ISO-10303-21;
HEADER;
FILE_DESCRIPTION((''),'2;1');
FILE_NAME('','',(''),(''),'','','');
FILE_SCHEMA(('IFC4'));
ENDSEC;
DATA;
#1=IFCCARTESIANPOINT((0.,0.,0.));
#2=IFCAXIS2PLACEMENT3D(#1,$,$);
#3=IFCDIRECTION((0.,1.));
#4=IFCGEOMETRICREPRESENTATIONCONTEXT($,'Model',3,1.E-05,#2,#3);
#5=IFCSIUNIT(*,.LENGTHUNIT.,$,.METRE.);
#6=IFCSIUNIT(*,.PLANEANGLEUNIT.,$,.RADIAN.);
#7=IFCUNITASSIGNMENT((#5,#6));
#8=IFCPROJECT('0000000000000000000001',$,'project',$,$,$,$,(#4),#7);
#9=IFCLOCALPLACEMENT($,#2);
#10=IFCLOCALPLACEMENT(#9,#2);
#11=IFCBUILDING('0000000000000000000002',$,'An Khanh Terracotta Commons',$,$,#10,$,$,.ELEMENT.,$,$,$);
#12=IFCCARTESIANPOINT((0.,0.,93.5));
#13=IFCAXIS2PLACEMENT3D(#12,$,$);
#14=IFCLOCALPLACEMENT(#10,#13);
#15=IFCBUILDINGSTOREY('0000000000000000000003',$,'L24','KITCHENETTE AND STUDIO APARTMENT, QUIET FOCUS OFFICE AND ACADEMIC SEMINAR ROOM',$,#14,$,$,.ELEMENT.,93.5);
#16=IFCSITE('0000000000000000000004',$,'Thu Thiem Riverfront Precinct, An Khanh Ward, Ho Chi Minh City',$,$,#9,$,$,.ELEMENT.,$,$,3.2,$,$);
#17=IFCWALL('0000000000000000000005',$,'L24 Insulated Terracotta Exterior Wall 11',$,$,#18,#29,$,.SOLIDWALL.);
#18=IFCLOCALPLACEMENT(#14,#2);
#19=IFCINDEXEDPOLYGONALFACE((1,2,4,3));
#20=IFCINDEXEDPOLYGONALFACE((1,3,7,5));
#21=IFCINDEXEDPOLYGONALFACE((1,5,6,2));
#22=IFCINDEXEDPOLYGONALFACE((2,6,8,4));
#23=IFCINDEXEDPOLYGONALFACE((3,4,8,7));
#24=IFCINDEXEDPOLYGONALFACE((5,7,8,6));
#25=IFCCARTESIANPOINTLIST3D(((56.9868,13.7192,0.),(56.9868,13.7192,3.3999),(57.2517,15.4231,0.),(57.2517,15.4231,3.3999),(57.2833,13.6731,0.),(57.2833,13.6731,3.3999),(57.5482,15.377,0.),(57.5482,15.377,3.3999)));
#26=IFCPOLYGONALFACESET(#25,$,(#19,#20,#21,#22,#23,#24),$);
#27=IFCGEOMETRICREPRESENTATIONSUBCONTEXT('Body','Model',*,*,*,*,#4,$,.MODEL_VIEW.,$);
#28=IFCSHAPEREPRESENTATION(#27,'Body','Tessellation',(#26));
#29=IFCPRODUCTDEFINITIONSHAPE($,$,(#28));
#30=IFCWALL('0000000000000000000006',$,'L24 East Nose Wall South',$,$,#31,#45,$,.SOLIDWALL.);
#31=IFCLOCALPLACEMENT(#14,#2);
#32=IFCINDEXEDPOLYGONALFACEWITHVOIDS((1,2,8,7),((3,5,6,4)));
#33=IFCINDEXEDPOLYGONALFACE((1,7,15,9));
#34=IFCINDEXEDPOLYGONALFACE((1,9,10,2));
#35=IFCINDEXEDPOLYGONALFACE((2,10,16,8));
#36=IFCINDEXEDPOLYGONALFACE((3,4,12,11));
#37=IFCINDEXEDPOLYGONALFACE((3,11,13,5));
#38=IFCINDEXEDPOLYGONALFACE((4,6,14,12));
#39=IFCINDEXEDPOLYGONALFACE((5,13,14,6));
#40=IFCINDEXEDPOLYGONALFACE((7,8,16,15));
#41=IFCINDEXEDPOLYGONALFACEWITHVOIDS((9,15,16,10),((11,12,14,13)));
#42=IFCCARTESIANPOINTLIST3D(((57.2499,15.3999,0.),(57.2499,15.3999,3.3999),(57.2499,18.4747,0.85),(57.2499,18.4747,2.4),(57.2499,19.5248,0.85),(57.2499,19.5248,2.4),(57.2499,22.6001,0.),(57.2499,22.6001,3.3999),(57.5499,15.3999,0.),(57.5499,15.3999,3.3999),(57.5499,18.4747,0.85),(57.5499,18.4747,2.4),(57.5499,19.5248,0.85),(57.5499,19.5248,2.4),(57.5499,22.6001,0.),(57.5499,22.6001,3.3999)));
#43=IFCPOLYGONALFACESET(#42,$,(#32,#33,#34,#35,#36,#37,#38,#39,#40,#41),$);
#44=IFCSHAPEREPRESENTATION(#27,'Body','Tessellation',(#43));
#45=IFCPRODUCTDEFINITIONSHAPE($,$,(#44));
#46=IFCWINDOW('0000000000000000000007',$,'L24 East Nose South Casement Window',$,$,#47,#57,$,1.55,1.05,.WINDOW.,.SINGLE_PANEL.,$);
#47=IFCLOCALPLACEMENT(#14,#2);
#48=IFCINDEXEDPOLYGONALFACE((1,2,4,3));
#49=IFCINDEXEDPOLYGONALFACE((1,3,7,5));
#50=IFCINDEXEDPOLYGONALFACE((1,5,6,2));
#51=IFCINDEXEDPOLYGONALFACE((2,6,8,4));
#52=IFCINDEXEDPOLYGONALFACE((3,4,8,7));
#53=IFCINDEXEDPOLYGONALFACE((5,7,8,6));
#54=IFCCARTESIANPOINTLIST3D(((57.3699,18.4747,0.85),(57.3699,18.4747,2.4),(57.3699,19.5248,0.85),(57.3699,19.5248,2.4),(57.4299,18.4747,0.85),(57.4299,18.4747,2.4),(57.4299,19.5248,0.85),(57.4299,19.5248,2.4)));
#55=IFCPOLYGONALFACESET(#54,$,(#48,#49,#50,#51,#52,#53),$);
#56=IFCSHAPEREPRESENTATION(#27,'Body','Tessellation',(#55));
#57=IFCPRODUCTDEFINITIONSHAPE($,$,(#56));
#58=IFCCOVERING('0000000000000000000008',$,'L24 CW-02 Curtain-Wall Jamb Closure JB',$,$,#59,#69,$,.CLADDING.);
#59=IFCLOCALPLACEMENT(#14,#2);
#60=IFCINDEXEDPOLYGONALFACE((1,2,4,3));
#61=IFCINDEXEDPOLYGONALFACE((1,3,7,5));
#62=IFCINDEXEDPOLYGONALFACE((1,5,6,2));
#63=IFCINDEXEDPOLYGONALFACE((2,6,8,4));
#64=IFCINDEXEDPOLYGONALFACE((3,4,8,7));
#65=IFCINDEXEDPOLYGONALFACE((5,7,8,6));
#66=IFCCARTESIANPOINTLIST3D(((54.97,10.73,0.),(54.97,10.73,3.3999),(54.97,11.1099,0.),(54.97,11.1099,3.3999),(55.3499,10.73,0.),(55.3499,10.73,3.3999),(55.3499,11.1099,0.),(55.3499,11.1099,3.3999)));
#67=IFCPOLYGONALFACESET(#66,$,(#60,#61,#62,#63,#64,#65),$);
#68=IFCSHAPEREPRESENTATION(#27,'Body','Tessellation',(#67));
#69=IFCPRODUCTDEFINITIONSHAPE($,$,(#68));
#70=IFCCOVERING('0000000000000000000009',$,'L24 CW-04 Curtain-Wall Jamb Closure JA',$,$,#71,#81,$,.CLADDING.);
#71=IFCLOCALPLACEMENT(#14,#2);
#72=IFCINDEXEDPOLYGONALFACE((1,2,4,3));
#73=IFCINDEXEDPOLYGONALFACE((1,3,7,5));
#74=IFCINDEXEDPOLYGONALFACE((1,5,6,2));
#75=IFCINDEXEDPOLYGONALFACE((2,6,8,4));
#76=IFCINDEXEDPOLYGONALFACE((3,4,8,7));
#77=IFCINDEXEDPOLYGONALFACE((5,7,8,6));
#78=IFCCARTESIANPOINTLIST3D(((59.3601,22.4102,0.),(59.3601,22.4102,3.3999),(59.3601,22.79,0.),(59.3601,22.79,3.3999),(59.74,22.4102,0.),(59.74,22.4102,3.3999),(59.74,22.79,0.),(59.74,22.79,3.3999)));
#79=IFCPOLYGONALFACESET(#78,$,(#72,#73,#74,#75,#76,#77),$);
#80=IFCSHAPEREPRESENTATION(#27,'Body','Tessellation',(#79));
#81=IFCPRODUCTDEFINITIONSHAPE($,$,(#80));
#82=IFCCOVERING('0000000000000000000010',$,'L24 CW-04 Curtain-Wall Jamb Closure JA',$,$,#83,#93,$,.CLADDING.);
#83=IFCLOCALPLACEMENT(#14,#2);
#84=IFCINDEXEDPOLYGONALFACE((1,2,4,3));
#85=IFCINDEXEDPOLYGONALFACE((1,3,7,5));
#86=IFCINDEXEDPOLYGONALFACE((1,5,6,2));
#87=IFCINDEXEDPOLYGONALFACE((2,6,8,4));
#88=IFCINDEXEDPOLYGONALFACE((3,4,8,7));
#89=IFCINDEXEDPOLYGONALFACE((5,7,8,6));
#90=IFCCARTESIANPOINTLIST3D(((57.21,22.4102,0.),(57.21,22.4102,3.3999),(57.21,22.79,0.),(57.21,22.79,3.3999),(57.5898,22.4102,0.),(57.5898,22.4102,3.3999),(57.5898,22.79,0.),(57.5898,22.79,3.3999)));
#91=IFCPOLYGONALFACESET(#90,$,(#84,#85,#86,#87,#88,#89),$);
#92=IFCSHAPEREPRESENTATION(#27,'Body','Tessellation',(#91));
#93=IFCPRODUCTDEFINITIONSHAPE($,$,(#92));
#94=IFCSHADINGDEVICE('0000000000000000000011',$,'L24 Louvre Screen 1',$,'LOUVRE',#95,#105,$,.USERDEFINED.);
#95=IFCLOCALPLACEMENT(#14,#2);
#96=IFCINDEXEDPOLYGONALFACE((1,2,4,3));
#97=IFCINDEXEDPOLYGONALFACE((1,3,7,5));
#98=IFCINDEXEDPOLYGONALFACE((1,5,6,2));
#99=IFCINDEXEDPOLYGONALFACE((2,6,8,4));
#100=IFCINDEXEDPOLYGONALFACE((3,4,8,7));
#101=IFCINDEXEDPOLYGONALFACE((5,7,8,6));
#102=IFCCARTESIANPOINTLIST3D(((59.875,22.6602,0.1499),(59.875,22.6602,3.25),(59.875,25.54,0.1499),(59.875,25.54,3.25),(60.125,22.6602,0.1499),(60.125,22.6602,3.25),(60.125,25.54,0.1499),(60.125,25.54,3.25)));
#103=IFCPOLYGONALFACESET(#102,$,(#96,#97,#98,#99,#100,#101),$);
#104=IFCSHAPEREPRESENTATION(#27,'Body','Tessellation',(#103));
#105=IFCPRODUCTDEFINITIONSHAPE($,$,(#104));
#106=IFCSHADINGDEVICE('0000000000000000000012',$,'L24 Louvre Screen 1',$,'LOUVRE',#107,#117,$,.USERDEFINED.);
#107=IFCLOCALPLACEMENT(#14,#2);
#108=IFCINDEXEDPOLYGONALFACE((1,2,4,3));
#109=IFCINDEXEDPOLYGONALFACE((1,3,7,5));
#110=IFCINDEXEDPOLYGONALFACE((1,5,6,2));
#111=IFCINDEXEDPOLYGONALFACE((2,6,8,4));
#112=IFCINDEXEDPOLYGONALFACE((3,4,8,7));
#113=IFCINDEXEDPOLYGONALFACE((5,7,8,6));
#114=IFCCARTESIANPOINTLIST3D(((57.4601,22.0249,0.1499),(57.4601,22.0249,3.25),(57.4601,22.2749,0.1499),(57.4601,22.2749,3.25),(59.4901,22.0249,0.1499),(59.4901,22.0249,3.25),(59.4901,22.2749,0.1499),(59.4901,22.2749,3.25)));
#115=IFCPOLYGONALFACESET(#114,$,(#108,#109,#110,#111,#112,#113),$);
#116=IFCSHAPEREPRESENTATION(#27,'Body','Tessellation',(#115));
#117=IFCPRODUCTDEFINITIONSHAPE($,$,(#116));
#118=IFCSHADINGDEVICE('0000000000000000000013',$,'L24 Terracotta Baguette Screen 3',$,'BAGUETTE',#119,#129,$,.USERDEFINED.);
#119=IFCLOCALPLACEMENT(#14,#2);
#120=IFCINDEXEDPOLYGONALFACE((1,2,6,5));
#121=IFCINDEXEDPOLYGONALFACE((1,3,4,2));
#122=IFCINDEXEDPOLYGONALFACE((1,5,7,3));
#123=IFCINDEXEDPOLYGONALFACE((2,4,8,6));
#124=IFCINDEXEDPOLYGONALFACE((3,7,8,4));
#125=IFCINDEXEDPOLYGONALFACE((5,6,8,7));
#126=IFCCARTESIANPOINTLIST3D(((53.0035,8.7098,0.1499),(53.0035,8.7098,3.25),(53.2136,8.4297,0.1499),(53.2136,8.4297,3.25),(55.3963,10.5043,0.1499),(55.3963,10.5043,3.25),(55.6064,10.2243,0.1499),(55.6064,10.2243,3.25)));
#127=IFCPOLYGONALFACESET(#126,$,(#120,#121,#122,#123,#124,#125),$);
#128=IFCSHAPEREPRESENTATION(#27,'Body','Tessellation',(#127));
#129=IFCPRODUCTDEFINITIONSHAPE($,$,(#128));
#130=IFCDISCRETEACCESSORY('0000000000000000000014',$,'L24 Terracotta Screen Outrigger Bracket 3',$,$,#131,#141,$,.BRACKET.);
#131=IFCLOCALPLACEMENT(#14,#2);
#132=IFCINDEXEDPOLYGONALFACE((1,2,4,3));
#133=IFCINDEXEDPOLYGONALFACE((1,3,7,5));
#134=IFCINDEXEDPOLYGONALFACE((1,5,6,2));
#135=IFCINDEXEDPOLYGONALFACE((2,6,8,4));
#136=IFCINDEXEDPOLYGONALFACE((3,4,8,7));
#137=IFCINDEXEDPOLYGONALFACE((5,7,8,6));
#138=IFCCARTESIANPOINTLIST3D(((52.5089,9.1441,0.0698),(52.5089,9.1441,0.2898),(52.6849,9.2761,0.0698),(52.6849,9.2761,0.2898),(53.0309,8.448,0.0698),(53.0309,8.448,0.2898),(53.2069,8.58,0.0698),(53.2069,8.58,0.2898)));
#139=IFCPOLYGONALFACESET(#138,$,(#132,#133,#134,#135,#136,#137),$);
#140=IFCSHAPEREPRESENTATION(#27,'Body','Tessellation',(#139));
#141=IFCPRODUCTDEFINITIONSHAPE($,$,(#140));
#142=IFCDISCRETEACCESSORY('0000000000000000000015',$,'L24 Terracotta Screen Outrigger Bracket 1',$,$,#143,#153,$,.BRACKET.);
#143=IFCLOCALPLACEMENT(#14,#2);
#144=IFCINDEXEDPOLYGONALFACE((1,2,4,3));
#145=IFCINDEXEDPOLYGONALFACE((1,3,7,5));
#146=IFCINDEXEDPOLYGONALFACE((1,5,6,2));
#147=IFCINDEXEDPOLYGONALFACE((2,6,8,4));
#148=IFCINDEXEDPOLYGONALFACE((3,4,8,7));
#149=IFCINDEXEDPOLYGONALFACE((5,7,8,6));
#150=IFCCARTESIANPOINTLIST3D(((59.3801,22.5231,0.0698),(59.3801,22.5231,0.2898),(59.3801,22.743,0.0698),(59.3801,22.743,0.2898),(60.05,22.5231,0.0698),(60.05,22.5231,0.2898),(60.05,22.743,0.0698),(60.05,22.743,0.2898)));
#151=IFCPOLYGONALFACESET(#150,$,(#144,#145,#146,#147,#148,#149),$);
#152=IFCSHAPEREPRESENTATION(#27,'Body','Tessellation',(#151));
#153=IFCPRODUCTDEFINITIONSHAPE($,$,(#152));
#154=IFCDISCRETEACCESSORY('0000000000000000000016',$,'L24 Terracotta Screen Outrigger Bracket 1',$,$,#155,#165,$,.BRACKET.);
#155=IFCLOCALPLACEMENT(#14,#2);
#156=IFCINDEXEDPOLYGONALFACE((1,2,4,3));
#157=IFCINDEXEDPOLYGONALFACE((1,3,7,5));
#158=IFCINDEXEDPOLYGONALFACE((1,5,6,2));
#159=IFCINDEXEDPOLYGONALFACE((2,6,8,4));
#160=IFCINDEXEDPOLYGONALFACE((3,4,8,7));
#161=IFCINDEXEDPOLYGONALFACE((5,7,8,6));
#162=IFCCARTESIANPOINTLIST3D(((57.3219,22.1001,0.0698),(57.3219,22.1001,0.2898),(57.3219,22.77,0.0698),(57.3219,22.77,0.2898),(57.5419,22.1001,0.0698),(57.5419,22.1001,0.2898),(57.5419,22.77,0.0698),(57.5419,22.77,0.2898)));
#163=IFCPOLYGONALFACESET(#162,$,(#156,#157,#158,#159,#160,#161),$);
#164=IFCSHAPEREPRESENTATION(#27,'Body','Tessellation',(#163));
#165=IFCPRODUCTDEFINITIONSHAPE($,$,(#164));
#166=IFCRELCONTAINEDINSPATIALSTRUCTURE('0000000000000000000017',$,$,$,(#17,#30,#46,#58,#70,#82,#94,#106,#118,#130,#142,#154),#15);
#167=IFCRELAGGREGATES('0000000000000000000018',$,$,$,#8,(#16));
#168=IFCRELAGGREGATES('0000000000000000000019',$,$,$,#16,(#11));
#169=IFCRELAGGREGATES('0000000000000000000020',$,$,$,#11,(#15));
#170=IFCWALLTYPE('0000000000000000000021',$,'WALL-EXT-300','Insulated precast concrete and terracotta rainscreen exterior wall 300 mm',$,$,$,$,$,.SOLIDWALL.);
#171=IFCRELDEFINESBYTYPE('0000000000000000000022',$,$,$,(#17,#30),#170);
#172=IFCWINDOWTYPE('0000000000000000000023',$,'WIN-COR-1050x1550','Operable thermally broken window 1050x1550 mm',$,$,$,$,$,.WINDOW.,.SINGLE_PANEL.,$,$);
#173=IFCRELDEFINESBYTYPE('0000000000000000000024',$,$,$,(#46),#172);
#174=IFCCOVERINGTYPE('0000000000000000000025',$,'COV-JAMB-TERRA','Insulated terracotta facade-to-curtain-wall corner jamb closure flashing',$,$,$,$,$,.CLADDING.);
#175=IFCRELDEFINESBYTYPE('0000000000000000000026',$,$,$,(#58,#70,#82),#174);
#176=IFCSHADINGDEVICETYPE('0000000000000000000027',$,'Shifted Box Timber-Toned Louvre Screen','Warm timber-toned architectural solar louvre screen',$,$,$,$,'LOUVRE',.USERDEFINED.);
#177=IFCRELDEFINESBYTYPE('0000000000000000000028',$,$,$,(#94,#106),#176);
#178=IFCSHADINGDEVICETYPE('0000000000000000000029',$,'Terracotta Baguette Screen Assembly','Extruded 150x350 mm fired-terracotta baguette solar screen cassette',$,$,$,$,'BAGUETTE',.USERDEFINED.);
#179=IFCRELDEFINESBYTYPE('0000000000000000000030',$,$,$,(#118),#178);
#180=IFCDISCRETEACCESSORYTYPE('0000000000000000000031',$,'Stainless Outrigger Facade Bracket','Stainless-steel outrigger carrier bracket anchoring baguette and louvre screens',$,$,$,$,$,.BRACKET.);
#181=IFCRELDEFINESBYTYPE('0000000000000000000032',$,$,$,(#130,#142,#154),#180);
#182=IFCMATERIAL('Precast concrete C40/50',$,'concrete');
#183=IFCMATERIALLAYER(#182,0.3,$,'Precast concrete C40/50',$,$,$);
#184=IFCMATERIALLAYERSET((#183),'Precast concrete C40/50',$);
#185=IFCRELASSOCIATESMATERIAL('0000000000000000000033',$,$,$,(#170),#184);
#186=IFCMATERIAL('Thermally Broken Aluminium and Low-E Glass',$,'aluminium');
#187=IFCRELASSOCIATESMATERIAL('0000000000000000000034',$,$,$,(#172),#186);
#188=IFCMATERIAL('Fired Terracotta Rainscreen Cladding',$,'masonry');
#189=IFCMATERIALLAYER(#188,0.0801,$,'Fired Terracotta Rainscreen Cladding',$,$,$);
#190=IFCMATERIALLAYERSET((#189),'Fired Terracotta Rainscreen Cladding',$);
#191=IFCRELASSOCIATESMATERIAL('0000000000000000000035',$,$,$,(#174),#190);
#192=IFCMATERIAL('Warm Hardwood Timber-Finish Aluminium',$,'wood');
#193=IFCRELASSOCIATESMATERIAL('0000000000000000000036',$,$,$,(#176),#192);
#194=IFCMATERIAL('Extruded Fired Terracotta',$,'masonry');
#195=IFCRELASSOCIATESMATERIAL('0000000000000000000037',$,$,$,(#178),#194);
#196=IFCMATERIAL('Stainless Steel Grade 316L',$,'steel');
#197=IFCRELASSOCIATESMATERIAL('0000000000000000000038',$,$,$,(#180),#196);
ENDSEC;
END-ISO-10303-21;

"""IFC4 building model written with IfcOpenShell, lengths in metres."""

from ifc_helpers import new_model, si_unit, direction, frame, frame_2d, origin, origin_2d, place, context, subcontext, project, spatial, rectangle, extrude, material, layer, layer_set, type_object, element, fill, save


model = new_model("IFC4")

# Units and contexts
model_context = context("Model", 3, precision=1e-05, world=origin(), true_north=direction((0.0, 1.0)))
body_context = subcontext(model_context, "Body", "Model", "MODEL_VIEW")
ifc_project = project(units=[si_unit("LENGTHUNIT", "METRE"), si_unit("PLANEANGLEUNIT", "RADIAN")], contexts=[model_context])

# Site, building, storey
site_placement = place(None, origin())
site = spatial("IfcSite", under=ifc_project, at=site_placement, Name="Thu Thiem Riverfront Precinct, An Khanh Ward, Ho Chi Minh City", CompositionType="ELEMENT", RefElevation=3.2)
building_placement = place(site_placement, origin())
building = spatial("IfcBuilding", under=site, at=building_placement, Name="An Khanh Terracotta Commons", CompositionType="ELEMENT")
storey_placement = place(building_placement, frame((0.0, 0.0, 93.5)))
storey = spatial("IfcBuildingStorey", under=building, at=storey_placement, Name="L24", Description="KITCHENETTE AND STUDIO APARTMENT, QUIET FOCUS OFFICE AND ACADEMIC SEMINAR ROOM", CompositionType="ELEMENT", Elevation=93.5)

# Wall
ifc_material_1 = material(Name="Precast concrete C40/50", Category="concrete")
ifc_layer_1 = layer(ifc_material_1, 0.3, Name="Precast concrete C40/50")
ifc_layer_set_1 = layer_set([ifc_layer_1], Name="Precast concrete C40/50")
wall_type_1 = type_object("IfcWallType", Name="WALL-EXT-300", Description="Insulated precast concrete and terracotta rainscreen exterior wall 300 mm", PredefinedType="SOLIDWALL", material=ifc_layer_set_1)
wall_1_placement = place(storey_placement, frame((57.135, 13.696, 0.0), z_axis=(0.0, 0.0, 1.0), x_axis=(0.153621, 0.98813, 0.0)))
element("IfcWall", 1, at=wall_1_placement, inside=storey, type_object=wall_type_1, Name="L24 Insulated Terracotta Exterior Wall 11", PredefinedType="SOLIDWALL", context=body_context, shape_type="SweptSolid", body=[
    extrude(rectangle(XDim=1.7244, YDim=0.3, at=frame_2d((0.8623, 0.0))), origin(), (0.0, 0.0, 1.0), 3.3999),
])

# Wall, opening, window
wall_2_placement = place(storey_placement, frame((57.3999, 15.3999, 0.0), z_axis=(0.0, 0.0, 1.0), x_axis=(0.0, 1.0, 0.0)))
wall_2 = element("IfcWall", 2, at=wall_2_placement, inside=storey, type_object=wall_type_1, Name="L24 East Nose Wall South", PredefinedType="SOLIDWALL", context=body_context, shape_type="SweptSolid", body=[
    extrude(rectangle(XDim=7.2002, YDim=0.3, at=frame_2d((3.6001, 0.0))), origin(), (0.0, 0.0, 1.0), 3.3999),
])
opening_1_placement = place(wall_2_placement, frame((3.075, 0.0, 0.8501)))
opening_1 = element("IfcOpeningElement", 3, at=opening_1_placement, cuts=wall_2, PredefinedType="OPENING", context=body_context, shape_type="SweptSolid", body=[
    extrude(rectangle(XDim=1.05, YDim=1.55, at=frame_2d((0.5249, 0.7749))), frame((0.0, 0.1599, 0.0), z_axis=(0.0, -1.0, 0.0), x_axis=(1.0, 0.0, 0.0)), (0.0, 0.0, 1.0), 0.3201),
])
ifc_material_2 = material(Name="Thermally Broken Aluminium and Low-E Glass", Category="aluminium")
window_type = type_object("IfcWindowType", Name="WIN-COR-1050x1550", Description="Operable thermally broken window 1050x1550 mm", PartitioningType="SINGLE_PANEL", PredefinedType="WINDOW", material=ifc_material_2)
window_placement = place(opening_1_placement, origin())
window = element("IfcWindow", 4, at=window_placement, inside=storey, type_object=window_type, Name="L24 East Nose South Casement Window", OverallHeight=1.55, OverallWidth=1.05, PartitioningType="SINGLE_PANEL", PredefinedType="WINDOW", context=body_context, shape_type="SweptSolid", body=[
    extrude(rectangle(XDim=1.05, YDim=1.55, at=frame_2d((0.5249, 0.7749))), frame((0.0, 0.03, 0.0), z_axis=(0.0, -1.0, 0.0), x_axis=(1.0, 0.0, 0.0)), (0.0, 0.0, 1.0), 0.0601),
])
fill(opening_1, window)

# Coverings
ifc_material_3 = material(Name="Fired Terracotta Rainscreen Cladding", Category="masonry")
ifc_layer_2 = layer(ifc_material_3, 0.0801, Name="Fired Terracotta Rainscreen Cladding")
ifc_layer_set_2 = layer_set([ifc_layer_2], Name="Fired Terracotta Rainscreen Cladding")
covering_type = type_object("IfcCoveringType", Name="COV-JAMB-TERRA", Description="Insulated terracotta facade-to-curtain-wall corner jamb closure flashing", PredefinedType="CLADDING", material=ifc_layer_set_2)
for number, where, z_axis, x_axis, name in (
    (5, (55.1599, 10.9199, 0.0), (0.0, 0.0, 1.0), (1.0, 0.0, 0.0), "L24 CW-02 Curtain-Wall Jamb Closure JB"),
    (6, (59.55, 22.6001, 0.0), (0.0, 0.0, 1.0), (1.0, 0.0, 0.0), "L24 CW-04 Curtain-Wall Jamb Closure JA"),
    (7, (57.3999, 22.6001, 0.0), (0.0, 0.0, 1.0), (1.0, 0.0, 0.0), "L24 CW-04 Curtain-Wall Jamb Closure JA"),
):
    element("IfcCovering", number, at=place(storey_placement, frame(where, z_axis=z_axis, x_axis=x_axis)), inside=storey, type_object=covering_type, Name=name, PredefinedType="CLADDING", context=body_context, shape_type="SweptSolid", body=[
        extrude(rectangle(XDim=0.3799, YDim=0.3799, at=origin_2d()), origin(), (0.0, 0.0, 1.0), 3.3999),
    ])

# Shading devices
ifc_material_4 = material(Name="Warm Hardwood Timber-Finish Aluminium", Category="wood")
shading_device_type_1 = type_object("IfcShadingDeviceType", Name="Shifted Box Timber-Toned Louvre Screen", Description="Warm timber-toned architectural solar louvre screen", ElementType="LOUVRE", PredefinedType="USERDEFINED", material=ifc_material_4)
shading_device_1_placement = place(storey_placement, frame((60.0, 24.1001, 0.1499), z_axis=(0.0, 0.0, 1.0), x_axis=(0.0, 1.0, 0.0)))
element("IfcShadingDevice", 8, at=shading_device_1_placement, inside=storey, type_object=shading_device_type_1, Name="L24 Louvre Screen 1", ObjectType="LOUVRE", PredefinedType="USERDEFINED", context=body_context, shape_type="SweptSolid", body=[
    extrude(rectangle(XDim=2.8799, YDim=0.25, at=origin_2d()), origin(), (0.0, 0.0, 1.0), 3.1001),
])
shading_device_2_placement = place(storey_placement, frame((58.4751, 22.1499, 0.1499), z_axis=(0.0, 0.0, 1.0), x_axis=(1.0, 0.0, 0.0)))
element("IfcShadingDevice", 9, at=shading_device_2_placement, inside=storey, type_object=shading_device_type_1, Name="L24 Louvre Screen 1", ObjectType="LOUVRE", PredefinedType="USERDEFINED", context=body_context, shape_type="SweptSolid", body=[
    extrude(rectangle(XDim=2.03, YDim=0.25, at=origin_2d()), origin(), (0.0, 0.0, 1.0), 3.1001),
])
ifc_material_5 = material(Name="Extruded Fired Terracotta", Category="masonry")
shading_device_type_2 = type_object("IfcShadingDeviceType", Name="Terracotta Baguette Screen Assembly", Description="Extruded 150x350 mm fired-terracotta baguette solar screen cassette", ElementType="BAGUETTE", PredefinedType="USERDEFINED", material=ifc_material_5)
shading_device_3_placement = place(storey_placement, frame((54.3049, 9.467, 0.1499), z_axis=(0.0, 0.0, 1.0), x_axis=(0.800013, 0.599983, 0.0)))
element("IfcShadingDevice", 10, at=shading_device_3_placement, inside=storey, type_object=shading_device_type_2, Name="L24 Terracotta Baguette Screen 3", ObjectType="BAGUETTE", PredefinedType="USERDEFINED", context=body_context, shape_type="SweptSolid", body=[
    extrude(rectangle(XDim=2.991, YDim=0.3501, at=origin_2d()), origin(), (0.0, 0.0, 1.0), 3.1001),
])

# Discrete accessories
ifc_material_6 = material(Name="Stainless Steel Grade 316L", Category="steel")
discrete_accessory_type = type_object("IfcDiscreteAccessoryType", Name="Stainless Outrigger Facade Bracket", Description="Stainless-steel outrigger carrier bracket anchoring baguette and louvre screens", PredefinedType="BRACKET", material=ifc_material_6)
discrete_accessory_placement = place(storey_placement, frame((52.8579, 8.8621, 0.0698), z_axis=(0.0, 0.0, 1.0), x_axis=(0.800013, 0.599983, 0.0)))
element("IfcDiscreteAccessory", 11, at=discrete_accessory_placement, inside=storey, type_object=discrete_accessory_type, Name="L24 Terracotta Screen Outrigger Bracket 3", PredefinedType="BRACKET", context=body_context, shape_type="SweptSolid", body=[
    extrude(rectangle(XDim=0.22, YDim=0.8701, at=origin_2d()), origin(), (0.0, 0.0, 1.0), 0.22),
])
for number, where, z_axis, x_axis, name in (
    (12, (59.7151, 22.6331, 0.0698), (0.0, 0.0, 1.0), (0.0, 1.0, 0.0), "L24 Terracotta Screen Outrigger Bracket 1"),
    (13, (57.4319, 22.4351, 0.0698), (0.0, 0.0, 1.0), (1.0, 0.0, 0.0), "L24 Terracotta Screen Outrigger Bracket 1"),
):
    element("IfcDiscreteAccessory", number, at=place(storey_placement, frame(where, z_axis=z_axis, x_axis=x_axis)), inside=storey, type_object=discrete_accessory_type, Name=name, PredefinedType="BRACKET", context=body_context, shape_type="SweptSolid", body=[
        extrude(rectangle(XDim=0.22, YDim=0.6699, at=origin_2d()), origin(), (0.0, 0.0, 1.0), 0.22),
    ])

save(model, "model.ifc")
